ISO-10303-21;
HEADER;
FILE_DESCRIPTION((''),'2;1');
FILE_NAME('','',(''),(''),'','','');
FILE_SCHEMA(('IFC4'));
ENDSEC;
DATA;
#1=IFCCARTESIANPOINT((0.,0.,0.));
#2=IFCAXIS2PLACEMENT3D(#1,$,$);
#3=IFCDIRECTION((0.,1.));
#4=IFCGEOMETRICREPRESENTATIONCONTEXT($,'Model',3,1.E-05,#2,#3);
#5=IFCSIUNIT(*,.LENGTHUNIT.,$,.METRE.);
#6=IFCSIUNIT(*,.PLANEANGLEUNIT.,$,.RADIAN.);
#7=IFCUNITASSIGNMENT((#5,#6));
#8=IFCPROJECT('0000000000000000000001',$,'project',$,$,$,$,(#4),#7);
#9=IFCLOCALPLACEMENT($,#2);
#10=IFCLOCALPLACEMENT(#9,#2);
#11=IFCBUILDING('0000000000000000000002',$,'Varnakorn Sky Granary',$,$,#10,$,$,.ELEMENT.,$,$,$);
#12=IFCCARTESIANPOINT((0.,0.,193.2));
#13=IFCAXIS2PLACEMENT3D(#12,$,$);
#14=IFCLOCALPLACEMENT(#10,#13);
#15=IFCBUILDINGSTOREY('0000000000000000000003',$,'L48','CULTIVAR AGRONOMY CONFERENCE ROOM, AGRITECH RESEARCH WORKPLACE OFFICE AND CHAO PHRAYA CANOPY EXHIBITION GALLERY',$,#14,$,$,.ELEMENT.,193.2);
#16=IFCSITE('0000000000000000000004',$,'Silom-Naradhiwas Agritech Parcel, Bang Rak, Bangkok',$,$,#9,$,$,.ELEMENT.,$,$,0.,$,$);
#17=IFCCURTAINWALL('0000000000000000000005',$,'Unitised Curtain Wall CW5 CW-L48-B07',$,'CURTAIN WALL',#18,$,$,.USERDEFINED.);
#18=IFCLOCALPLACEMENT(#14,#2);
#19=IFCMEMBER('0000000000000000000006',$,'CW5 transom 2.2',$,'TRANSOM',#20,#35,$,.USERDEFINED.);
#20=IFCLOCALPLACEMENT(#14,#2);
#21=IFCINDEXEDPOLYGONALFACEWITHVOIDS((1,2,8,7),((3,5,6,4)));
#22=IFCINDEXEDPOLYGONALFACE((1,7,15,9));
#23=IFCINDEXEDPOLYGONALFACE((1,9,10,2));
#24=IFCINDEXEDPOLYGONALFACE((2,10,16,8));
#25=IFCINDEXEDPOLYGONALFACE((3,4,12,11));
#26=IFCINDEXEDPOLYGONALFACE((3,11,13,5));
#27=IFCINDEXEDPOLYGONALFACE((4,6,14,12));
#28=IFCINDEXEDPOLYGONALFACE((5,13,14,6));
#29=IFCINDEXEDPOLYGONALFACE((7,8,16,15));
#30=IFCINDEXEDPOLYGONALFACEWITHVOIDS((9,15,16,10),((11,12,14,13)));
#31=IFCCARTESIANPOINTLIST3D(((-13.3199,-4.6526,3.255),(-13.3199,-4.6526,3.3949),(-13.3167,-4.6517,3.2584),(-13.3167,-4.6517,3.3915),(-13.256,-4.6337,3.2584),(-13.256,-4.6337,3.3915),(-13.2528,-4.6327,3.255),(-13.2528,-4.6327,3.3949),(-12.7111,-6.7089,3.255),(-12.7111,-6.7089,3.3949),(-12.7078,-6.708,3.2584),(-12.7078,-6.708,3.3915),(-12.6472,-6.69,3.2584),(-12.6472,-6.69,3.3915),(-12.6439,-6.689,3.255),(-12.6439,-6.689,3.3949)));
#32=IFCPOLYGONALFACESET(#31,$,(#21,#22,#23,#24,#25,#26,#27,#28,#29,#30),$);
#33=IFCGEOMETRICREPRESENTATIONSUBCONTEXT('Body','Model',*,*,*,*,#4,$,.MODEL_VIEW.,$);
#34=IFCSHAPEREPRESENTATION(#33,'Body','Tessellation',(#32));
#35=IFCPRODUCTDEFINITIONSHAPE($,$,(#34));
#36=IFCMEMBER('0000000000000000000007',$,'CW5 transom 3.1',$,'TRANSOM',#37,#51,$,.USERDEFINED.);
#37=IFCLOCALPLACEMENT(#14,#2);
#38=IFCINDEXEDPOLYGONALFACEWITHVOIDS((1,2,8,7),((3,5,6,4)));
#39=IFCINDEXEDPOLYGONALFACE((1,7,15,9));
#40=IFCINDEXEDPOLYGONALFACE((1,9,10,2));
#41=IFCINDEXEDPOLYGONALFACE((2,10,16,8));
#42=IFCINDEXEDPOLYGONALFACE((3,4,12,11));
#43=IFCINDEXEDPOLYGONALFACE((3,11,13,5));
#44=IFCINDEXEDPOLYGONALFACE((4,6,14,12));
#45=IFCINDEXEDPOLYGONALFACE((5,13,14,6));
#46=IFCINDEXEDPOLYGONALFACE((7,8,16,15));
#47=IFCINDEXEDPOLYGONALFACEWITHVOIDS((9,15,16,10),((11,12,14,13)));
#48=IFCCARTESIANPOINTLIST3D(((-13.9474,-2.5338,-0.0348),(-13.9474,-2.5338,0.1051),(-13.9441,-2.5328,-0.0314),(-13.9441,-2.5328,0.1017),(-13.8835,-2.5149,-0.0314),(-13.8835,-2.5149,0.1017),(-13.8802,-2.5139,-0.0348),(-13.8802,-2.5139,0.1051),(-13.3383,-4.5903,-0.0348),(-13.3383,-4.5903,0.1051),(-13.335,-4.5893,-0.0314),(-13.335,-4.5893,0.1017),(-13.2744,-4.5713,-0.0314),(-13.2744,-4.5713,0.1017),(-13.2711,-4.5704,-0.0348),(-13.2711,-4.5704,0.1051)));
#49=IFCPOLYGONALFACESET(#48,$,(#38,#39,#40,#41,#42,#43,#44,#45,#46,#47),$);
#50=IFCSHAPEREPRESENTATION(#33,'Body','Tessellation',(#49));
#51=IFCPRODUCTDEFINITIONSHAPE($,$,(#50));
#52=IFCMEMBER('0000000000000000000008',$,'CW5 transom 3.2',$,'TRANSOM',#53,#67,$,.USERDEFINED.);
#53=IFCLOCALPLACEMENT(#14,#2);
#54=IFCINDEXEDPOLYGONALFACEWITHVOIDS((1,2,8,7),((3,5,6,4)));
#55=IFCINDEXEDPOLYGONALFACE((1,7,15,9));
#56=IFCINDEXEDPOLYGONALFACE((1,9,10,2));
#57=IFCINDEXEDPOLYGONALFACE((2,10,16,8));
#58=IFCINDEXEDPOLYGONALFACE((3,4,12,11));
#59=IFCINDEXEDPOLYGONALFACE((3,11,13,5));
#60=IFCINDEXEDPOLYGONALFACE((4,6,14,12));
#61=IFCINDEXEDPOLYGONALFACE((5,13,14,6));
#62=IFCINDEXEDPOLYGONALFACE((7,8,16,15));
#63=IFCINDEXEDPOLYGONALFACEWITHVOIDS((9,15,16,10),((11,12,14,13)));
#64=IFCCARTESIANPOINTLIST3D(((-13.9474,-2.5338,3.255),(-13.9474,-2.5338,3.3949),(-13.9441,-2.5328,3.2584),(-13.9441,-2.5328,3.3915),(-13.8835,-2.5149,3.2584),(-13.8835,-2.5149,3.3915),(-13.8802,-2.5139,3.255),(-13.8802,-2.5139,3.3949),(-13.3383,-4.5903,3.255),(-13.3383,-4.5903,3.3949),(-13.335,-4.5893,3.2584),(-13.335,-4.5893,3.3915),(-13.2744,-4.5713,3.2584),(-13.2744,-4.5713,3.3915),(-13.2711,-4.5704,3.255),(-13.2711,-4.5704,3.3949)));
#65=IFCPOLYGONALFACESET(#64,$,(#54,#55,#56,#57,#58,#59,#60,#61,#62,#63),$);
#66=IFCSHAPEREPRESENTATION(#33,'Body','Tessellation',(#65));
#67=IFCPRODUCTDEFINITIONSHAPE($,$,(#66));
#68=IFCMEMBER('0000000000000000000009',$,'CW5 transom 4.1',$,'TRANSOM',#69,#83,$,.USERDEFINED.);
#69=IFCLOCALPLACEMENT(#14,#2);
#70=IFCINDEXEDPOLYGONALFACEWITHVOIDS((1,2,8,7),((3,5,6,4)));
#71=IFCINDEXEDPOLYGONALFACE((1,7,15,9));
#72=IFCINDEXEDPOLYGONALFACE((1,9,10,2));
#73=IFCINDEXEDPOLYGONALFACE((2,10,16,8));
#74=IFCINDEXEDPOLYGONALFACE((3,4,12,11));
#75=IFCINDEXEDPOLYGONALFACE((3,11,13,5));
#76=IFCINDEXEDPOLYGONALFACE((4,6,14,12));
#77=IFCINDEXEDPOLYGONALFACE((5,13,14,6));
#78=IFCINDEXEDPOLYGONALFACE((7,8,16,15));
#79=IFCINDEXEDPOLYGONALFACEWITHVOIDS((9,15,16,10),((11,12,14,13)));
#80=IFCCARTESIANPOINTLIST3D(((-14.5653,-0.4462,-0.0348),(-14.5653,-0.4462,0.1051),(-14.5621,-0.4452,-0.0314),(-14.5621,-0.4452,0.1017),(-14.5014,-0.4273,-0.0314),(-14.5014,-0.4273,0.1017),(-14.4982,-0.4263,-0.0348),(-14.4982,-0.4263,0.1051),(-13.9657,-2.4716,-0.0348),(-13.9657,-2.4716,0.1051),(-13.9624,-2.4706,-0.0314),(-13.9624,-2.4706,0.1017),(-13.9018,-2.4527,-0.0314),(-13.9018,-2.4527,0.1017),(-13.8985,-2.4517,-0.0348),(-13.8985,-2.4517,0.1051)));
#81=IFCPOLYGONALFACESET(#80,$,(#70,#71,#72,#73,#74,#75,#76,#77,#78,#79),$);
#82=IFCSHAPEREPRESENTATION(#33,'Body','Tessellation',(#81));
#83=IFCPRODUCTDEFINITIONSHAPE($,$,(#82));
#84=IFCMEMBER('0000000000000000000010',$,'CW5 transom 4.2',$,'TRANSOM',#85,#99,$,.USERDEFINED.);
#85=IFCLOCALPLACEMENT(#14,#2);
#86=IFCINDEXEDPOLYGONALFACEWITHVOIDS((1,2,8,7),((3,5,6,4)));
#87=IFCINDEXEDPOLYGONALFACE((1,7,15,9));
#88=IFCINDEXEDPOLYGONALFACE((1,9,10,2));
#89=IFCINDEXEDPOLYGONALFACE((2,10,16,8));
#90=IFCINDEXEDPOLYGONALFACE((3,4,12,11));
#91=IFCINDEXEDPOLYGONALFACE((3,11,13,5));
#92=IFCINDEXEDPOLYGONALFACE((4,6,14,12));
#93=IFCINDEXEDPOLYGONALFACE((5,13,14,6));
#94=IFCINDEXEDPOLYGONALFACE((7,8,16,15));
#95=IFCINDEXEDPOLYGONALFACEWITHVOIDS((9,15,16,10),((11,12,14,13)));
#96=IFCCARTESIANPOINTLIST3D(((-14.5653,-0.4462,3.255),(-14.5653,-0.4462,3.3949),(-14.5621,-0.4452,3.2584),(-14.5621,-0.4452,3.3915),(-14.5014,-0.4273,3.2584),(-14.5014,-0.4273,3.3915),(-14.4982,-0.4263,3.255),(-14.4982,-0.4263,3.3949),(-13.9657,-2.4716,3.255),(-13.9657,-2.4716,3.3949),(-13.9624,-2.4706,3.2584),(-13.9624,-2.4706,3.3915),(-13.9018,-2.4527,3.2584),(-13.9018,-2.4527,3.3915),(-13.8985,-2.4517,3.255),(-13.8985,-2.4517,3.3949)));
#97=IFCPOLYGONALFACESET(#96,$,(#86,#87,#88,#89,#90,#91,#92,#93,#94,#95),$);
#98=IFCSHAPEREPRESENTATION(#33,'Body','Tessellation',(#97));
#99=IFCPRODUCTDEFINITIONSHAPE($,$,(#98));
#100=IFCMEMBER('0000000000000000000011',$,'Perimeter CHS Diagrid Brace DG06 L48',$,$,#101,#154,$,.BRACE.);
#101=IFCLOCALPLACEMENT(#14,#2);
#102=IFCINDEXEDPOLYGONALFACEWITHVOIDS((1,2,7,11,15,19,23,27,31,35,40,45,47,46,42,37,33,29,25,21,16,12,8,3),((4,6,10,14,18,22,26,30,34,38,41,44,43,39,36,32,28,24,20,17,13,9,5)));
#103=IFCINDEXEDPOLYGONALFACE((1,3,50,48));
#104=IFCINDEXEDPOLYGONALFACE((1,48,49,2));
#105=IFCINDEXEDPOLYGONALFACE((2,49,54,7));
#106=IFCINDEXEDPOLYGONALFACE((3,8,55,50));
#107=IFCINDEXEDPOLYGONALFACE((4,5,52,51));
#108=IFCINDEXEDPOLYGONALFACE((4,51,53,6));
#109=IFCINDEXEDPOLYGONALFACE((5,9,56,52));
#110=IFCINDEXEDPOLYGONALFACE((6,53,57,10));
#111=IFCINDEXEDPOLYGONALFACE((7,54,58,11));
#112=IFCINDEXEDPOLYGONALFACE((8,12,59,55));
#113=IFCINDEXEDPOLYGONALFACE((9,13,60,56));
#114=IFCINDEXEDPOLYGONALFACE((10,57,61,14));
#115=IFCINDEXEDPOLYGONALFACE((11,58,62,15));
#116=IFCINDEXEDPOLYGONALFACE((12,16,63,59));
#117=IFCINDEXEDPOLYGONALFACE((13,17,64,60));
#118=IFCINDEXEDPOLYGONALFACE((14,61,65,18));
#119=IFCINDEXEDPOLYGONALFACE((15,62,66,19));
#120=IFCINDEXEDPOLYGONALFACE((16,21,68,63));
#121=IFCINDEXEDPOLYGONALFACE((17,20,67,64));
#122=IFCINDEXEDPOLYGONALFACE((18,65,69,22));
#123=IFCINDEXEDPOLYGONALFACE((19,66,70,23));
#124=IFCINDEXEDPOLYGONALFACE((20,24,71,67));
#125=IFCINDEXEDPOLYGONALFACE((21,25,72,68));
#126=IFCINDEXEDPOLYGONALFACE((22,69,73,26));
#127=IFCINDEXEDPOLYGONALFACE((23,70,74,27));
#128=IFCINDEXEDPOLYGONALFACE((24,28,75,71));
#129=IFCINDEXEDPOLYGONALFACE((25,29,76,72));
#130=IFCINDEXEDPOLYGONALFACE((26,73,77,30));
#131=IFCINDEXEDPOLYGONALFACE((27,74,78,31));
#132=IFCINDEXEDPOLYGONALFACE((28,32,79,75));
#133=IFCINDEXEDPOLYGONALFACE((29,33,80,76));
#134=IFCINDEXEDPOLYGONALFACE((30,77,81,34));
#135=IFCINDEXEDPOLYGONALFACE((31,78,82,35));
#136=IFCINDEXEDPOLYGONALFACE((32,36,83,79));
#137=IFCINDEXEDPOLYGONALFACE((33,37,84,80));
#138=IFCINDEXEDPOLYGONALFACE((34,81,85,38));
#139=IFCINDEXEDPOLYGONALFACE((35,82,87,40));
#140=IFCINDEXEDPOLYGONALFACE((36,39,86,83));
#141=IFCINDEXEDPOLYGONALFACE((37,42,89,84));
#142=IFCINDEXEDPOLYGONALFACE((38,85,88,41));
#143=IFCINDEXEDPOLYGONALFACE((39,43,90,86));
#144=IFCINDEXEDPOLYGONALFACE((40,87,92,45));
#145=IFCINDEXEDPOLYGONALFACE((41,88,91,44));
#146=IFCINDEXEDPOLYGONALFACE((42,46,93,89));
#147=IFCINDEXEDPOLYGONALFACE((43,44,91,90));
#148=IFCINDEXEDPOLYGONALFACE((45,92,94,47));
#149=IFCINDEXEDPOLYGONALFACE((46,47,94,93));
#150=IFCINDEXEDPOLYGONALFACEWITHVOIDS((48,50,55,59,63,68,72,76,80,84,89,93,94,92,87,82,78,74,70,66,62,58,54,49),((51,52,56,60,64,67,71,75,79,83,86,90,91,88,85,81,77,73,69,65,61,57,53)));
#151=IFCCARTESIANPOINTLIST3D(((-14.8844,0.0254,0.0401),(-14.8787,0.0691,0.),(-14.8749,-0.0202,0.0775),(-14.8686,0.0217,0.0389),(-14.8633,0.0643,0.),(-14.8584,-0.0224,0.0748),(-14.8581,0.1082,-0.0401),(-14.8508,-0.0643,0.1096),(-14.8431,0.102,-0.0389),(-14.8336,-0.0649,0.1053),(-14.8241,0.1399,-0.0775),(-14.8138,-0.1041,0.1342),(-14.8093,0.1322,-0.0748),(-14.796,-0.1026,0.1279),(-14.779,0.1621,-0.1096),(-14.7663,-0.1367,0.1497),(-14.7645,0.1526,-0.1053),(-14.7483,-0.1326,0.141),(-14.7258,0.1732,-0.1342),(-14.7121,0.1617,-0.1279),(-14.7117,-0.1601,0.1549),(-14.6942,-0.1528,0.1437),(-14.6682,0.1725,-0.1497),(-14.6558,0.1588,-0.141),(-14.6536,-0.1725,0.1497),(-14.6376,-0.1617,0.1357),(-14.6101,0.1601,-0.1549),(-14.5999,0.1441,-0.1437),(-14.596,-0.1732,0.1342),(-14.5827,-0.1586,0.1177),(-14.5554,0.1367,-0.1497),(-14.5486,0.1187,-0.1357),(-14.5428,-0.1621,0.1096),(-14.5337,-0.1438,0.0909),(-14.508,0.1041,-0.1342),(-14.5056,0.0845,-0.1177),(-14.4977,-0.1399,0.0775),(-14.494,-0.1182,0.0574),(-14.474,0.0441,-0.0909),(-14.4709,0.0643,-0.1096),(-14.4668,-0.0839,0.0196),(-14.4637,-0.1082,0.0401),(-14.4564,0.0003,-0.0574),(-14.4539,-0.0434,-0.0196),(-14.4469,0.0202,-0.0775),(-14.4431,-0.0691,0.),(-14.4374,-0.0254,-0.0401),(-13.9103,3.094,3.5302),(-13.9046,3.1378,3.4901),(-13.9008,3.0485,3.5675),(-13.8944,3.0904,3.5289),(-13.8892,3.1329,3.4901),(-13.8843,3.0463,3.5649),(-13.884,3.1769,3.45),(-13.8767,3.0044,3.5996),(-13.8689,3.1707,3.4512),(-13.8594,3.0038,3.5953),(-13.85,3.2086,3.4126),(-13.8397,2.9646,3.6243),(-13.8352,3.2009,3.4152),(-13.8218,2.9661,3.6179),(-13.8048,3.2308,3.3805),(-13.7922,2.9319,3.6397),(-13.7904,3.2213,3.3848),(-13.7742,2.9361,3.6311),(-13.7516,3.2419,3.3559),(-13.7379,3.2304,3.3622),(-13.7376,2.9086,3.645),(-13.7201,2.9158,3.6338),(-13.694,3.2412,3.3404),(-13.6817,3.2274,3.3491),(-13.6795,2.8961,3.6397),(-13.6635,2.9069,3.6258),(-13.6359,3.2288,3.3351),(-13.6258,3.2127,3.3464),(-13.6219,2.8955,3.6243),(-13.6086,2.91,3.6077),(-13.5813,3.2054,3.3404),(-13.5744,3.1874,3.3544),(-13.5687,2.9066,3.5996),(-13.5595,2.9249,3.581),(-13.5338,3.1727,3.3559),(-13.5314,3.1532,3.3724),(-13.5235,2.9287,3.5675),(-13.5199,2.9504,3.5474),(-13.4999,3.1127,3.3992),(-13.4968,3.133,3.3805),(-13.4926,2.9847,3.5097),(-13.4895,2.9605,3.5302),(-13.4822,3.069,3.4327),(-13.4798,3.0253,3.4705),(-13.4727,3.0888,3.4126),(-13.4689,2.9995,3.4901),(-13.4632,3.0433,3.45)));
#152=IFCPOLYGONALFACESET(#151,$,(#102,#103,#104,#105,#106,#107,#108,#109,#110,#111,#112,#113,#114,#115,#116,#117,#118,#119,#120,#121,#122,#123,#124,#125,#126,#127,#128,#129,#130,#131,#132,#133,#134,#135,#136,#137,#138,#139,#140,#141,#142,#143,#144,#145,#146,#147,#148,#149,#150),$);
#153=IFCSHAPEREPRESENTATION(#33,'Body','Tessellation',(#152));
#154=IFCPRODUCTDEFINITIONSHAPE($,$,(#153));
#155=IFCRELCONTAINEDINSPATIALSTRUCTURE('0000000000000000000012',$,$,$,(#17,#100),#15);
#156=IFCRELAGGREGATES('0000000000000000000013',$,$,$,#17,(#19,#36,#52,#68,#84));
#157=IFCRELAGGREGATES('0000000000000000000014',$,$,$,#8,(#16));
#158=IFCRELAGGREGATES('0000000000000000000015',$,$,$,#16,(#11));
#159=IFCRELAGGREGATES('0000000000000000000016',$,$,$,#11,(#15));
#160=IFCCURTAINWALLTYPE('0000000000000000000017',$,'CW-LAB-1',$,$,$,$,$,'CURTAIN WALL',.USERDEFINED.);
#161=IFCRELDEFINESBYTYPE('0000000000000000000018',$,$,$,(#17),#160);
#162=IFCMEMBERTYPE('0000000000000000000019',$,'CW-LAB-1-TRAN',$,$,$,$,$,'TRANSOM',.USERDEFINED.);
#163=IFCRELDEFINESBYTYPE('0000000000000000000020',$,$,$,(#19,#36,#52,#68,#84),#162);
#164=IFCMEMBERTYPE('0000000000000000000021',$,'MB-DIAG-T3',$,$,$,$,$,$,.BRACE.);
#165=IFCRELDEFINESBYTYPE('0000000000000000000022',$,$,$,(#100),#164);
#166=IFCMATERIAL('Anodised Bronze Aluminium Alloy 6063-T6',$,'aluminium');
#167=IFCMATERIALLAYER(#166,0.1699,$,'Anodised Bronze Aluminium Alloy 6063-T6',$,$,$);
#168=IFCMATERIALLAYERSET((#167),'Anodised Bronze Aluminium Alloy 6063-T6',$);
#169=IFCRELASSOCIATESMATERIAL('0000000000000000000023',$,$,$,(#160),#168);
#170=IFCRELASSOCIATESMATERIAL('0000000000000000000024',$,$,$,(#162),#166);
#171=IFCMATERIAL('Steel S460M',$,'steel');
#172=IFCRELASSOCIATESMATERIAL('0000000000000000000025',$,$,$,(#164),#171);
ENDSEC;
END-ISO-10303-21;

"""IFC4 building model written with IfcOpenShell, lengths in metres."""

from ifc_helpers import new_model, si_unit, direction, frame, origin, origin_2d, place, context, subcontext, project, spatial, hollow_rectangle, hollow_circle, extrude, material, layer, layer_set, material_profile, profile_set, type_object, element, aggregate, save


model = new_model("IFC4")

# Units and contexts
model_context = context("Model", 3, precision=1e-05, world=origin(), true_north=direction((0.0, 1.0)))
body_context = subcontext(model_context, "Body", "Model", "MODEL_VIEW")
ifc_project = project(units=[si_unit("LENGTHUNIT", "METRE"), si_unit("PLANEANGLEUNIT", "RADIAN")], contexts=[model_context])

# Site, building, storey
site_placement = place(None, origin())
site = spatial("IfcSite", under=ifc_project, at=site_placement, Name="Silom-Naradhiwas Agritech Parcel, Bang Rak, Bangkok", CompositionType="ELEMENT", RefElevation=0.0)
building_placement = place(site_placement, origin())
building = spatial("IfcBuilding", under=site, at=building_placement, Name="Varnakorn Sky Granary", CompositionType="ELEMENT")
storey_placement = place(building_placement, frame((0.0, 0.0, 193.2)))
storey = spatial("IfcBuildingStorey", under=building, at=storey_placement, Name="L48", Description="CULTIVAR AGRONOMY CONFERENCE ROOM, AGRITECH RESEARCH WORKPLACE OFFICE AND CHAO PHRAYA CANOPY EXHIBITION GALLERY", CompositionType="ELEMENT", Elevation=193.2)

# Shared definitions
ifc_material_1 = material(Name="Steel S460M", Category="steel")

# Curtain wall, members
ifc_material_2 = material(Name="Anodised Bronze Aluminium Alloy 6063-T6", Category="aluminium")
ifc_layer_1 = layer(ifc_material_2, 0.1699, Name="Anodised Bronze Aluminium Alloy 6063-T6")
ifc_layer_set_1 = layer_set([ifc_layer_1], Name="Anodised Bronze Aluminium Alloy 6063-T6")
curtain_wall_type = type_object("IfcCurtainWallType", Name="CW-LAB-1", ElementType="CURTAIN WALL", PredefinedType="USERDEFINED", material=ifc_layer_set_1)
curtain_wall_placement = place(storey_placement, origin())
curtain_wall = element("IfcCurtainWall", 1, at=curtain_wall_placement, inside=storey, type_object=curtain_wall_type, Name="Unitised Curtain Wall CW5 CW-L48-B07", ObjectType="CURTAIN WALL", PredefinedType="USERDEFINED")
ifc_material_profile_1 = material_profile(ifc_material_2, hollow_rectangle(XDim=0.0701, YDim=0.1399, WallThickness=0.0034, at=origin_2d()), Name="ALU TRAN 70x140")
ifc_profile_set_1 = profile_set([ifc_material_profile_1], Name="Anodised Bronze Aluminium Alloy 6063-T6")
member_type_1 = type_object("IfcMemberType", Name="CW-LAB-1-TRAN", ElementType="TRANSOM", PredefinedType="USERDEFINED", material=ifc_profile_set_1)
member_1_placement = place(storey_placement, frame((-12.6775, -6.699, 3.325), z_axis=(-0.28391, 0.958851, 0.0), x_axis=(-0.958851, -0.28391, 0.0)))
member_1 = element("IfcMember", 2, at=member_1_placement, type_object=member_type_1, Name="CW5 transom 2.2", ObjectType="TRANSOM", PredefinedType="USERDEFINED", context=body_context, shape_type="SweptSolid", body=[
    extrude(hollow_rectangle(XDim=0.0701, YDim=0.1399, WallThickness=0.0034, at=origin_2d()), origin(), (0.0, 0.0, 1.0), 2.1445),
])
member_2_placement = place(storey_placement, frame((-13.3047, -4.5803, 0.0352), z_axis=(-0.284015, 0.95882, 0.0), x_axis=(-0.95882, -0.284015, 0.0)))
member_2 = element("IfcMember", 3, at=member_2_placement, type_object=member_type_1, Name="CW5 transom 3.1", ObjectType="TRANSOM", PredefinedType="USERDEFINED", context=body_context, shape_type="SweptSolid", body=[
    extrude(hollow_rectangle(XDim=0.0701, YDim=0.1399, WallThickness=0.0034, at=origin_2d()), origin(), (0.0, 0.0, 1.0), 2.1448),
])
member_3_placement = place(storey_placement, frame((-13.3047, -4.5803, 3.325), z_axis=(-0.284015, 0.95882, 0.0), x_axis=(-0.95882, -0.284015, 0.0)))
member_3 = element("IfcMember", 4, at=member_3_placement, type_object=member_type_1, Name="CW5 transom 3.2", ObjectType="TRANSOM", PredefinedType="USERDEFINED", context=body_context, shape_type="SweptSolid", body=[
    extrude(hollow_rectangle(XDim=0.0701, YDim=0.1399, WallThickness=0.0034, at=origin_2d()), origin(), (0.0, 0.0, 1.0), 2.1448),
])
member_4_placement = place(storey_placement, frame((-13.9321, -2.4617, 0.0352), z_axis=(-0.283868, 0.958863, 0.0), x_axis=(-0.958863, -0.283868, 0.0)))
member_4 = element("IfcMember", 5, at=member_4_placement, type_object=member_type_1, Name="CW5 transom 4.1", ObjectType="TRANSOM", PredefinedType="USERDEFINED", context=body_context, shape_type="SweptSolid", body=[
    extrude(hollow_rectangle(XDim=0.0701, YDim=0.1399, WallThickness=0.0034, at=origin_2d()), origin(), (0.0, 0.0, 1.0), 2.1123),
])
member_5_placement = place(storey_placement, frame((-13.9321, -2.4617, 3.325), z_axis=(-0.283868, 0.958863, 0.0), x_axis=(-0.958863, -0.283868, 0.0)))
member_5 = element("IfcMember", 6, at=member_5_placement, type_object=member_type_1, Name="CW5 transom 4.2", ObjectType="TRANSOM", PredefinedType="USERDEFINED", context=body_context, shape_type="SweptSolid", body=[
    extrude(hollow_rectangle(XDim=0.0701, YDim=0.1399, WallThickness=0.0034, at=origin_2d()), origin(), (0.0, 0.0, 1.0), 2.1123),
])

# Member
ifc_material_profile_2 = material_profile(ifc_material_1, hollow_circle(Radius=0.2285, WallThickness=0.0161, at=origin_2d()), Name="CHS 457x16")
ifc_profile_set_2 = profile_set([ifc_material_profile_2], Name="Steel S460M")
member_type_2 = type_object("IfcMemberType", Name="MB-DIAG-T3", PredefinedType="BRACE", material=ifc_profile_set_2)
for number, where, z_axis, x_axis, name in (
    (7, (-14.6609, 0.0, 0.0), (0.205156, 0.646269, 0.735015), (-0.953128, 0.302568, 0.0), "Perimeter CHS Diagrid Brace DG06 L48"),
):
    element("IfcMember", number, at=place(storey_placement, frame(where, z_axis=z_axis, x_axis=x_axis)), inside=storey, type_object=member_type_2, Name=name, PredefinedType="BRACE", context=body_context, shape_type="SweptSolid", body=[
        extrude(hollow_circle(Radius=0.2285, WallThickness=0.0161, at=origin_2d()), origin(), (0.0, 0.0, 1.0), 4.7483),
    ])

aggregate(curtain_wall, [member_1, member_2, member_3, member_4, member_5])

save(model, "model.ifc")
